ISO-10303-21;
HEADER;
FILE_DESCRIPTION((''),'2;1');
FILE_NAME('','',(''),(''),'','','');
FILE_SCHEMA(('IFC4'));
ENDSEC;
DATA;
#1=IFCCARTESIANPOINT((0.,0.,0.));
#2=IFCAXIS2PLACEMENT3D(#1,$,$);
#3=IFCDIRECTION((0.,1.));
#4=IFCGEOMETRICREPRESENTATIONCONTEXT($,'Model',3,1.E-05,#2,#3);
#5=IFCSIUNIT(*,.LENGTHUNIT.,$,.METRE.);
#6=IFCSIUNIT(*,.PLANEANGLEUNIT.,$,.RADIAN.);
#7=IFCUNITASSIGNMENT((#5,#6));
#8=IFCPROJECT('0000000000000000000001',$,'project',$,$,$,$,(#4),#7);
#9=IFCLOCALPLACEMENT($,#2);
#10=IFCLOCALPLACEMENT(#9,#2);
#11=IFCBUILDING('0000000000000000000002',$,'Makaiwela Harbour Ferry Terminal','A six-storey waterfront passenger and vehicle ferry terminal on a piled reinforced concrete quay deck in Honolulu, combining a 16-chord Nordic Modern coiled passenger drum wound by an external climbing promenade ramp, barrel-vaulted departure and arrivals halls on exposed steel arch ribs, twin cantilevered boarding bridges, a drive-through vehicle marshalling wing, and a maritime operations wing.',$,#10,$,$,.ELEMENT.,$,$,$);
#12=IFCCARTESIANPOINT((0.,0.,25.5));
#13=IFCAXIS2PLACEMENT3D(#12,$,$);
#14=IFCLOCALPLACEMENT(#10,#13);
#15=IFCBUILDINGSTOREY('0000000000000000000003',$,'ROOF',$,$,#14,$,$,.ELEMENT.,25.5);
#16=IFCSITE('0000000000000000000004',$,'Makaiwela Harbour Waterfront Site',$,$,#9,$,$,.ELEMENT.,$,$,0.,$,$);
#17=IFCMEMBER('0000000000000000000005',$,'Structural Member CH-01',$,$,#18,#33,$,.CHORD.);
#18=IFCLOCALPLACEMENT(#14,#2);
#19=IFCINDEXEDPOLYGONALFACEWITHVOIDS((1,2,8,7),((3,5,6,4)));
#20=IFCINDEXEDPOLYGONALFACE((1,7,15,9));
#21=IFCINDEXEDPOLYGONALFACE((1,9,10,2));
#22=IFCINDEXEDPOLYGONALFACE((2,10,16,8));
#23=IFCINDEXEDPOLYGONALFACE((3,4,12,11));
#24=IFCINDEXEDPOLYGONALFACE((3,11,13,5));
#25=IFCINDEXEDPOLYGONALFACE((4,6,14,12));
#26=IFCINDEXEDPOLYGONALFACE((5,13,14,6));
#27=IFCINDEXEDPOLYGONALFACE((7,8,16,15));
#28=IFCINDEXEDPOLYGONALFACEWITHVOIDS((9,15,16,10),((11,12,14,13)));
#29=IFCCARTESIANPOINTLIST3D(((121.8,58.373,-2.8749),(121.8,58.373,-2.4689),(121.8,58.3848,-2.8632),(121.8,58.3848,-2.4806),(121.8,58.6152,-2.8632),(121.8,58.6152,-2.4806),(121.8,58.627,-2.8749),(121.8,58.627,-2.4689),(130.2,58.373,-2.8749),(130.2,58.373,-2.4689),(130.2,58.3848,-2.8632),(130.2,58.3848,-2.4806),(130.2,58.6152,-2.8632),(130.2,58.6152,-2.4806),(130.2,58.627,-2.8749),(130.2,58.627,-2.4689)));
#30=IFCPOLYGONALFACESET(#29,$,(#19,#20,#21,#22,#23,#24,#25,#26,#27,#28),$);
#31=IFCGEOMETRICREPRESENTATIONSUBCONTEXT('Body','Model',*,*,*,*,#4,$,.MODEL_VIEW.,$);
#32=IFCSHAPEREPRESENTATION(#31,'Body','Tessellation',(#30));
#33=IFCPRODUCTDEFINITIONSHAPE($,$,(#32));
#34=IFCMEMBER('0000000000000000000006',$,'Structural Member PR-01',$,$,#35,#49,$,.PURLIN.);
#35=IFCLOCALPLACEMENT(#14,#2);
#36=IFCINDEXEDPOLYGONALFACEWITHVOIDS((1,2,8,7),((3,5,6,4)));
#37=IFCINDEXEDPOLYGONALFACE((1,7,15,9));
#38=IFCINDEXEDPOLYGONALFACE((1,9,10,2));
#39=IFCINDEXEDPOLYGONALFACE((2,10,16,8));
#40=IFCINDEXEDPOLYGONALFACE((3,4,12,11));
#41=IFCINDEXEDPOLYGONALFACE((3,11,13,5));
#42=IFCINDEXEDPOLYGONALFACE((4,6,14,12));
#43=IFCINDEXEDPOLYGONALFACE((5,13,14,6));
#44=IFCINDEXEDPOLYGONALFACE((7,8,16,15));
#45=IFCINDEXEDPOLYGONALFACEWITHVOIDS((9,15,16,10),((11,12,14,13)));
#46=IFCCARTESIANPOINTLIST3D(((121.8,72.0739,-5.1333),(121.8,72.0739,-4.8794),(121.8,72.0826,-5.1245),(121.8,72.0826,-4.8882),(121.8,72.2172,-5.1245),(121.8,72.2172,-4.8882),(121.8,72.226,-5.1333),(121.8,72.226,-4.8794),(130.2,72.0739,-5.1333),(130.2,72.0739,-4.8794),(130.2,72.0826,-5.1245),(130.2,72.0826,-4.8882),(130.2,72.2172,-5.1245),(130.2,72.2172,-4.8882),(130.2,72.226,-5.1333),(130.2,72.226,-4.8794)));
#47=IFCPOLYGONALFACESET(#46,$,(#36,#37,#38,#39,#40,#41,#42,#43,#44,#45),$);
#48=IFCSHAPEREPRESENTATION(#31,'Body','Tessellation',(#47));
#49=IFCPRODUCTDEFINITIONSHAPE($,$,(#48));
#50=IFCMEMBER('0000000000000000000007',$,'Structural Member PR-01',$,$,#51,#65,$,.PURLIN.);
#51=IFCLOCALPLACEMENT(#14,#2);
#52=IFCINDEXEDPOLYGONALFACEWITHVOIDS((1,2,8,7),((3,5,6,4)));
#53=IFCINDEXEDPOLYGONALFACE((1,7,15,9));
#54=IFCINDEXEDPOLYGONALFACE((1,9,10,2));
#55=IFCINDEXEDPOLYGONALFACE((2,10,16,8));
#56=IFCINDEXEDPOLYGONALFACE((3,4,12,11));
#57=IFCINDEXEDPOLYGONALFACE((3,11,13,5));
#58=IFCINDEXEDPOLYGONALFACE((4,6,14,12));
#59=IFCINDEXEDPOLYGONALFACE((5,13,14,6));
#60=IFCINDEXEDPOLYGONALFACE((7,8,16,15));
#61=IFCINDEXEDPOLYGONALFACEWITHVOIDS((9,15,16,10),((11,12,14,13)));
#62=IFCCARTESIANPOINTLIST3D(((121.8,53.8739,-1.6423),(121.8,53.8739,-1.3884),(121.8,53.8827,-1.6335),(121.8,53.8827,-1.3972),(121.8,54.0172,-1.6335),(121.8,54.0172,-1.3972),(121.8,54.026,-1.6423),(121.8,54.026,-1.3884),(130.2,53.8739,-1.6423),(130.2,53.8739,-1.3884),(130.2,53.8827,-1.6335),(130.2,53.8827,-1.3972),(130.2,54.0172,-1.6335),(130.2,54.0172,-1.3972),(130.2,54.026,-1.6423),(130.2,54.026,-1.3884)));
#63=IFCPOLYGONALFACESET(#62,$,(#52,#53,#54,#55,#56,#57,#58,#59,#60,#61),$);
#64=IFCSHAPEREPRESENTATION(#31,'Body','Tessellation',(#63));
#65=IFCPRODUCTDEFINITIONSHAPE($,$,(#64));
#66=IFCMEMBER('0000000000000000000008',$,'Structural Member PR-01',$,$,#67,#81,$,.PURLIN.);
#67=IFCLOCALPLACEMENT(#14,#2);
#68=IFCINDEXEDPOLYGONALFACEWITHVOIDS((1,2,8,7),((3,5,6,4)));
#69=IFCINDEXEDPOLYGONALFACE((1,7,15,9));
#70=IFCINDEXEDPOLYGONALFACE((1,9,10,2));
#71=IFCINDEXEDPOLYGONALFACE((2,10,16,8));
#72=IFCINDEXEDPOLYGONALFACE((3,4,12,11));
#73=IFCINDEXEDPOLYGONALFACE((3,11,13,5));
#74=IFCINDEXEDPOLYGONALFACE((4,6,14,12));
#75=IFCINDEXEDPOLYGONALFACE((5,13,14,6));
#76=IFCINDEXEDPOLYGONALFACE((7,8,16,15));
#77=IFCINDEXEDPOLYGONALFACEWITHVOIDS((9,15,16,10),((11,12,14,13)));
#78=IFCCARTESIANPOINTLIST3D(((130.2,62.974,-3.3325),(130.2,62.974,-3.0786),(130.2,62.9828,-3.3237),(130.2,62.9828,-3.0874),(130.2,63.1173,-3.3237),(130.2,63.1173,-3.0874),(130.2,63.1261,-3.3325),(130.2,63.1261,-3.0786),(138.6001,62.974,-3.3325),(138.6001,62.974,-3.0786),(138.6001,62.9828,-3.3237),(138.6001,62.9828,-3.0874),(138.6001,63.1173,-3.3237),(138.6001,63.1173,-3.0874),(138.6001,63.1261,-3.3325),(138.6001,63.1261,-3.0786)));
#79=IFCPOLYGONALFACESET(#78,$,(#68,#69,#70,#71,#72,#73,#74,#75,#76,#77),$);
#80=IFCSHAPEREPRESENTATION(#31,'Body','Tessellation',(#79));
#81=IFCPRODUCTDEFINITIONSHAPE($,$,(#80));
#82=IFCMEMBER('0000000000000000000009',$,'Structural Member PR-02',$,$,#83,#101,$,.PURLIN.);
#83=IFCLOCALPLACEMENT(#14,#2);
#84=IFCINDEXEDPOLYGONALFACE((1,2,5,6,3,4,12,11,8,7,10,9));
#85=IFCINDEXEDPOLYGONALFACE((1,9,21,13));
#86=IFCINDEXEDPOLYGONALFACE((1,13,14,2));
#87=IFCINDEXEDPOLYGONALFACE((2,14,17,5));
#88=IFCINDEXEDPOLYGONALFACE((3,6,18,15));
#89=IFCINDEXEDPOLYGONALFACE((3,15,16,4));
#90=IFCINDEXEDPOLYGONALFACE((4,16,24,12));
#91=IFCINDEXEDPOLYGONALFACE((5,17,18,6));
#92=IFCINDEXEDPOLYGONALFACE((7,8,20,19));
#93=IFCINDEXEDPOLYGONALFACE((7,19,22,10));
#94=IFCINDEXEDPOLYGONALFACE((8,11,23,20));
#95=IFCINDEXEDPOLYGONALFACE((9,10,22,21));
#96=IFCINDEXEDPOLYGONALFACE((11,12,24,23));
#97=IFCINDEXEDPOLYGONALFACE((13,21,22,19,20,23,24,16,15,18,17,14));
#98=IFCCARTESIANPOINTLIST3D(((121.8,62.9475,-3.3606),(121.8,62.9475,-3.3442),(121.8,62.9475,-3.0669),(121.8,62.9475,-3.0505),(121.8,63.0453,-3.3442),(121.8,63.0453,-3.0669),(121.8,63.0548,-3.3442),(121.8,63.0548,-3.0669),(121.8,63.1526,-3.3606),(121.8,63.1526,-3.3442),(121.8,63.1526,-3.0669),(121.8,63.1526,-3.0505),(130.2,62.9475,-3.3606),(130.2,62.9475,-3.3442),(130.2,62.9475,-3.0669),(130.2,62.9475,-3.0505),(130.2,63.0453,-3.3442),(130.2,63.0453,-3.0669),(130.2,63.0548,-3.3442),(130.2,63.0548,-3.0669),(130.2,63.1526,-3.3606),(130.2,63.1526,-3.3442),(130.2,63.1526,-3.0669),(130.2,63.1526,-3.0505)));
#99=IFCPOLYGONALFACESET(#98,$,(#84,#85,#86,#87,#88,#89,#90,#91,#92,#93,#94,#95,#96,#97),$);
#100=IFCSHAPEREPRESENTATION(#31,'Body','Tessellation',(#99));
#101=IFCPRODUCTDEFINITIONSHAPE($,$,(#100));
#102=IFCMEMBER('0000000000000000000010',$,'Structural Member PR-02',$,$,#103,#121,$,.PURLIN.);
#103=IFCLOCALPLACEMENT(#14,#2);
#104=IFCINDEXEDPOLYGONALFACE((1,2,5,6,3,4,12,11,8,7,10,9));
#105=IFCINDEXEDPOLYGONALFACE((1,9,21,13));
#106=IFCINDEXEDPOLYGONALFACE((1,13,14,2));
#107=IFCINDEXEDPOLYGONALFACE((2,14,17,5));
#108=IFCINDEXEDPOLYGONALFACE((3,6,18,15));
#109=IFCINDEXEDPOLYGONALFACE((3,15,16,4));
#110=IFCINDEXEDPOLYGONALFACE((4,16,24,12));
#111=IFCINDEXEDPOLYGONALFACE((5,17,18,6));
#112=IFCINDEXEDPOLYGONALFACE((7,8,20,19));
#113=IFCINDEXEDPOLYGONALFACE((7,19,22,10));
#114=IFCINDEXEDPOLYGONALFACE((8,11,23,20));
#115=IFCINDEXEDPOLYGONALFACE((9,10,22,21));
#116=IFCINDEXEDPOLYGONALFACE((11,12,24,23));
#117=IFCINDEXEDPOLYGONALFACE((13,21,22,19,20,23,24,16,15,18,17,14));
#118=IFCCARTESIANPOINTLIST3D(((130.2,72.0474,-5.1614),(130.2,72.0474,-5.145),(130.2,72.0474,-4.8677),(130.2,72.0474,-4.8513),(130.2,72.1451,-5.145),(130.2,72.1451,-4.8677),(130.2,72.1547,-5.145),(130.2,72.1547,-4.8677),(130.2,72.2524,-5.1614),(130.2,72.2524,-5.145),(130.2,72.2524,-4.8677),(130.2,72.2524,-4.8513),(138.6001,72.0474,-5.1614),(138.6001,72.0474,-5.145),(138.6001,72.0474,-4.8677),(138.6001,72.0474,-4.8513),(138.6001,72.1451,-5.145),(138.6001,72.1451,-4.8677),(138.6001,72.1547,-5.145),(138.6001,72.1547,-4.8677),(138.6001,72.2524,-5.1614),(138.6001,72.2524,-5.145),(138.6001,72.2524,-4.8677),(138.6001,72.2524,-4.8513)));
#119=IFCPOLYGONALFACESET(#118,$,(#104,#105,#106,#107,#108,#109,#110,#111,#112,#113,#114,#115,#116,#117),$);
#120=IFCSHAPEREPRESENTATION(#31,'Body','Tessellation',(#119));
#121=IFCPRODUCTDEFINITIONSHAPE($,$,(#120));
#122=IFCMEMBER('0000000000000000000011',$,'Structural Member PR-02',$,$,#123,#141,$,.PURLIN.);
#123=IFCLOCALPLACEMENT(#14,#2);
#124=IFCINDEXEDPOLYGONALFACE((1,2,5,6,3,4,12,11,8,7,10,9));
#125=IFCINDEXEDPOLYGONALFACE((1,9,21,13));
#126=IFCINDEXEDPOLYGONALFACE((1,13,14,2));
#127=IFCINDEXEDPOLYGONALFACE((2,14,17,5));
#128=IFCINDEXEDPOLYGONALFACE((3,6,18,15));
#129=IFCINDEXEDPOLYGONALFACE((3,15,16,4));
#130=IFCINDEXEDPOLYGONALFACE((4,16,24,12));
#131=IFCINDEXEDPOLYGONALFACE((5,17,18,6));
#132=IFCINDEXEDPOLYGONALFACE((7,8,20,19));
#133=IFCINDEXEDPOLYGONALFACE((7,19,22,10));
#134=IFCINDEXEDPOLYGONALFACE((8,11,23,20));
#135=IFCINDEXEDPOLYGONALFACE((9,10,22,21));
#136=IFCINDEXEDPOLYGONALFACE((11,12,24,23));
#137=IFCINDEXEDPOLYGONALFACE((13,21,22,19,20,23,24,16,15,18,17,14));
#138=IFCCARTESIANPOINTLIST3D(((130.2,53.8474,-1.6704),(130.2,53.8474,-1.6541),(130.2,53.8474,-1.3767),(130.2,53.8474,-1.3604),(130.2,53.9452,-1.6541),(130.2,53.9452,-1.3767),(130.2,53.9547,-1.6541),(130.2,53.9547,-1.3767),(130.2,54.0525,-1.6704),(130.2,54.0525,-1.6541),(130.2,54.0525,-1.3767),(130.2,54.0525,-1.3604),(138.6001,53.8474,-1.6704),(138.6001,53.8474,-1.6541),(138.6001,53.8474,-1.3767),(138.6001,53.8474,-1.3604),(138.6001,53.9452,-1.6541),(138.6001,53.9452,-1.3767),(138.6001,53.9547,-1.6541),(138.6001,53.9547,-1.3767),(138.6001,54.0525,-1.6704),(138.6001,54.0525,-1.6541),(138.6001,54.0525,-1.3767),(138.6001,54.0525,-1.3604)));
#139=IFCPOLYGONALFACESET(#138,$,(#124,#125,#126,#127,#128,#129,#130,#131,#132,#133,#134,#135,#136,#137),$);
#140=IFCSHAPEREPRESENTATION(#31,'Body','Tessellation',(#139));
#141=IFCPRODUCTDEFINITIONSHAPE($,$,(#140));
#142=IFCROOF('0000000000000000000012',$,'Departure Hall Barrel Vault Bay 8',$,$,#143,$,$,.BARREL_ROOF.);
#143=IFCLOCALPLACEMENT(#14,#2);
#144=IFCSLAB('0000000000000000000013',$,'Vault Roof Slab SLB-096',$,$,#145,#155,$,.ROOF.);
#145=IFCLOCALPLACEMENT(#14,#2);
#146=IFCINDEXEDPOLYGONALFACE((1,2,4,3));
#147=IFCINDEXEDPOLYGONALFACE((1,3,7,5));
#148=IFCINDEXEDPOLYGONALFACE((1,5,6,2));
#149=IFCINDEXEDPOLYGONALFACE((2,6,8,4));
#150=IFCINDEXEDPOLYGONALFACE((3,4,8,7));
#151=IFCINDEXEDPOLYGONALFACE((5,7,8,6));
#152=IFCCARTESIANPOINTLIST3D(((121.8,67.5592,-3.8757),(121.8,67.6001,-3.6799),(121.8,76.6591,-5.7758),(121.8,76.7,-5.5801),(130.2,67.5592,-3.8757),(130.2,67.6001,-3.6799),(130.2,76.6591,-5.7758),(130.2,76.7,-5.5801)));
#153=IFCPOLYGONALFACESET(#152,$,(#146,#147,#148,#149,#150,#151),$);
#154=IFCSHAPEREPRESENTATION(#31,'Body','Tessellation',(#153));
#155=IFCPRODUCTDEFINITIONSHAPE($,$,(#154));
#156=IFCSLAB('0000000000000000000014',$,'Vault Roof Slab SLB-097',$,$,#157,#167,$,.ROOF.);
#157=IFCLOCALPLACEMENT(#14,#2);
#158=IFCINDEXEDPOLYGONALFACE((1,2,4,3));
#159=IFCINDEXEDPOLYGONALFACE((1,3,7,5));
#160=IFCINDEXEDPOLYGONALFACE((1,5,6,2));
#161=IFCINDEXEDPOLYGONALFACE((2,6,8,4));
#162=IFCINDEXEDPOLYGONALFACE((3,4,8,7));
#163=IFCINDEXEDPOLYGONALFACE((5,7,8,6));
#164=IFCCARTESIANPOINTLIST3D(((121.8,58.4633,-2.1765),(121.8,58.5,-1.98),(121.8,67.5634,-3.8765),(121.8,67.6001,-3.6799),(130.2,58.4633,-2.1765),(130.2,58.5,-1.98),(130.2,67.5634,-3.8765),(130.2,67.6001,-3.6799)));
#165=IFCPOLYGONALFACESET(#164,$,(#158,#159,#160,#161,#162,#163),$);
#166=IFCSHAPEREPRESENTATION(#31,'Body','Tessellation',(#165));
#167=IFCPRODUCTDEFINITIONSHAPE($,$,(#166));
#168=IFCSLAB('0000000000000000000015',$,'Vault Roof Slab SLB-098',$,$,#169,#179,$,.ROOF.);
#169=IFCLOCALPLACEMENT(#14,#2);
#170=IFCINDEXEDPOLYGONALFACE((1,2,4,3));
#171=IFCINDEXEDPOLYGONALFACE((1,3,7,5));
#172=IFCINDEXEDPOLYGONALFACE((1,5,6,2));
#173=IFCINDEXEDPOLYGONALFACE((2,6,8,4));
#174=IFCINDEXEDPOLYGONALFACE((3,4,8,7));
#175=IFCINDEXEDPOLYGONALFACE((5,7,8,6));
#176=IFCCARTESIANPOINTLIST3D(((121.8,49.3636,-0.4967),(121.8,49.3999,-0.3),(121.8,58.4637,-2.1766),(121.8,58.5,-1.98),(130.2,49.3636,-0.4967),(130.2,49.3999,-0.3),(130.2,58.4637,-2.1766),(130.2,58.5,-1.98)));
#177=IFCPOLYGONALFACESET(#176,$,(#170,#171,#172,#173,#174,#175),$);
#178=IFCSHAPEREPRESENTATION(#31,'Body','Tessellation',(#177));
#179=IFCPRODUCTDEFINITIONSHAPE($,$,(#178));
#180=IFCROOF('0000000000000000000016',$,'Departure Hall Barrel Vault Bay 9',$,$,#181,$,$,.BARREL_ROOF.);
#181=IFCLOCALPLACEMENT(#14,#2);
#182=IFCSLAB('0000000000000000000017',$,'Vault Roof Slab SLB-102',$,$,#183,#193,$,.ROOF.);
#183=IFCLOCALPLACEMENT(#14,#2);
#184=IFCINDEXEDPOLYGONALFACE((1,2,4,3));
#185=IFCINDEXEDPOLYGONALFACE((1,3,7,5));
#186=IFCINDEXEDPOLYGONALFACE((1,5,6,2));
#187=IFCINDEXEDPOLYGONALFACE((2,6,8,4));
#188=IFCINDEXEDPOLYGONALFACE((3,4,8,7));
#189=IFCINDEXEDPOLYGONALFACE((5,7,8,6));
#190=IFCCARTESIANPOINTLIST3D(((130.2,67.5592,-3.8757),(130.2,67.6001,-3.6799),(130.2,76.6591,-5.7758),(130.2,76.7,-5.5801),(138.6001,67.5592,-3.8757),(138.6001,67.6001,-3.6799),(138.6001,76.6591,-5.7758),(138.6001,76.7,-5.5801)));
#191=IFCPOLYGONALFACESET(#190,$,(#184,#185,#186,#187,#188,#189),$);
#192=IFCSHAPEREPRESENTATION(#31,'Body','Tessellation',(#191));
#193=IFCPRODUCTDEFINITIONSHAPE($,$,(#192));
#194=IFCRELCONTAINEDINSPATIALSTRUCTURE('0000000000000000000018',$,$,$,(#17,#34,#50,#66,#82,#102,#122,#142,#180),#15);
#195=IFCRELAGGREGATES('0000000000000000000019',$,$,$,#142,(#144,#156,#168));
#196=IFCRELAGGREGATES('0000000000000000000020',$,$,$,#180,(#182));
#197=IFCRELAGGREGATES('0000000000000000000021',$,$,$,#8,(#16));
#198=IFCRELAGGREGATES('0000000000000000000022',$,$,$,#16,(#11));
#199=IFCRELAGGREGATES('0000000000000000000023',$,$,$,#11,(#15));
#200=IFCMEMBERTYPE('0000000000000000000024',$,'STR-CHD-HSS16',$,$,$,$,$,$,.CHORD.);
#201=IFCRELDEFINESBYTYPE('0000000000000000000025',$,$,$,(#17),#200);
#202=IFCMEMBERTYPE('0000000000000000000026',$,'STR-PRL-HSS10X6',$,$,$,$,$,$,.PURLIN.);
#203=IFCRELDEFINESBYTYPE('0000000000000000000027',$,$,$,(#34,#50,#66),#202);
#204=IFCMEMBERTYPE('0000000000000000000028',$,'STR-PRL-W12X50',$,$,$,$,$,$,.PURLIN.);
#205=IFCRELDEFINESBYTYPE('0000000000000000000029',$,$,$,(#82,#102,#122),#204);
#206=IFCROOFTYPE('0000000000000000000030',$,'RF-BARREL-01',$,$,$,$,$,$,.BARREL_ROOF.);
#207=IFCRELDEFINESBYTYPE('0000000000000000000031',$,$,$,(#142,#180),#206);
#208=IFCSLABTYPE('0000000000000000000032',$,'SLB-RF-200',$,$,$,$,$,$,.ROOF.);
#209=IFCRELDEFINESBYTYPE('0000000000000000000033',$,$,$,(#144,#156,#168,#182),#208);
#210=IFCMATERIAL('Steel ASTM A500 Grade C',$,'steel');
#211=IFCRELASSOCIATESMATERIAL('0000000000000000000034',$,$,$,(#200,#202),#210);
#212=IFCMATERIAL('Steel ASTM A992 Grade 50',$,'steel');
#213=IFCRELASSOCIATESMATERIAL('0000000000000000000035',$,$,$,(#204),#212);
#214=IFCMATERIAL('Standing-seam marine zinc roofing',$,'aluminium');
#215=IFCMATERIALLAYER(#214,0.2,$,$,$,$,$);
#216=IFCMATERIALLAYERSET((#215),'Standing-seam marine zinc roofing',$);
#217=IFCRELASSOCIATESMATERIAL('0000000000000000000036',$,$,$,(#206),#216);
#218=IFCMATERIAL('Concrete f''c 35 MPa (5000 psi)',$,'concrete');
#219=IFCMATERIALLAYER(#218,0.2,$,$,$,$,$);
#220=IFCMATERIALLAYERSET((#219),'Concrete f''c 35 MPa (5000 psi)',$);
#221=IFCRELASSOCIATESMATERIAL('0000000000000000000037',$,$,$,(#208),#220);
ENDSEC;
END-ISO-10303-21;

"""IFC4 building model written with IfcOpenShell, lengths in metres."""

from ifc_helpers import new_model, si_unit, direction, frame, origin, origin_2d, place, context, subcontext, project, spatial, polyline, hollow_rectangle, i_section, outline, extrude, material, layer, layer_set, material_profile, profile_set, type_object, element, aggregate, save


model = new_model("IFC4")

# Units and contexts
model_context = context("Model", 3, precision=1e-05, world=origin(), true_north=direction((0.0, 1.0)))
body_context = subcontext(model_context, "Body", "Model", "MODEL_VIEW")
ifc_project = project(units=[si_unit("LENGTHUNIT", "METRE"), si_unit("PLANEANGLEUNIT", "RADIAN")], contexts=[model_context])

# Site, building, storey
site_placement = place(None, origin())
site = spatial("IfcSite", under=ifc_project, at=site_placement, Name="Makaiwela Harbour Waterfront Site", CompositionType="ELEMENT", RefElevation=0.0)
building_placement = place(site_placement, origin())
building = spatial("IfcBuilding", under=site, at=building_placement, Name="Makaiwela Harbour Ferry Terminal", Description="A six-storey waterfront passenger and vehicle ferry terminal on a piled reinforced concrete quay deck in Honolulu, combining a 16-chord Nordic Modern coiled passenger drum wound by an external climbing promenade ramp, barrel-vaulted departure and arrivals halls on exposed steel arch ribs, twin cantilevered boarding bridges, a drive-through vehicle marshalling wing, and a maritime operations wing.", CompositionType="ELEMENT")
storey_placement = place(building_placement, frame((0.0, 0.0, 25.5)))
storey = spatial("IfcBuildingStorey", under=building, at=storey_placement, Name="ROOF", CompositionType="ELEMENT", Elevation=25.5)

# Shared definitions
ifc_material_1 = material(Name="Steel ASTM A992 Grade 50", Category="steel")

# Members
ifc_material_2 = material(Name="Steel ASTM A500 Grade C", Category="steel")
ifc_material_profile_1 = material_profile(ifc_material_2, hollow_rectangle(XDim=0.2539, YDim=0.406, WallThickness=0.0117, at=origin_2d()), Name="HSS16X10X1/2")
ifc_profile_set_1 = profile_set([ifc_material_profile_1], Name="Steel ASTM A500 Grade C")
member_type_1 = type_object("IfcMemberType", Name="STR-CHD-HSS16", PredefinedType="CHORD", material=ifc_profile_set_1)
member_1_placement = place(storey_placement, frame((121.8, 58.5, -2.6719), z_axis=(1.0, 0.0, 0.0), x_axis=(0.0, 1.0, 0.0)))
element("IfcMember", 1, at=member_1_placement, inside=storey, type_object=member_type_1, Name="Structural Member CH-01", PredefinedType="CHORD", context=body_context, shape_type="SweptSolid", body=[
    extrude(hollow_rectangle(XDim=0.2539, YDim=0.406, WallThickness=0.0117, at=origin_2d()), origin(), (0.0, 0.0, 1.0), 8.3999),
])
ifc_material_profile_2 = material_profile(ifc_material_2, hollow_rectangle(XDim=0.1521, YDim=0.2539, WallThickness=0.0088, at=origin_2d()), Name="HSS10X6X3/8")
ifc_profile_set_2 = profile_set([ifc_material_profile_2], Name="Steel ASTM A500 Grade C")
member_type_2 = type_object("IfcMemberType", Name="STR-PRL-HSS10X6", PredefinedType="PURLIN", material=ifc_profile_set_2)
for number, where, z_axis, x_axis, name in (
    (2, (121.8, 72.1499, -5.0063), (1.0, 0.0, 0.0), (0.0, 1.0, 0.0), "Structural Member PR-01"),
    (3, (121.8, 53.95, -1.5154), (1.0, 0.0, 0.0), (0.0, 1.0, 0.0), "Structural Member PR-01"),
):
    element("IfcMember", number, at=place(storey_placement, frame(where, z_axis=z_axis, x_axis=x_axis)), inside=storey, type_object=member_type_2, Name=name, PredefinedType="PURLIN", context=body_context, shape_type="SweptSolid", body=[
        extrude(hollow_rectangle(XDim=0.1521, YDim=0.2539, WallThickness=0.0088, at=origin_2d()), origin(), (0.0, 0.0, 1.0), 8.3999),
    ])
member_2_placement = place(storey_placement, frame((130.2, 63.05, -3.2056), z_axis=(1.0, 0.0, 0.0), x_axis=(0.0, 1.0, 0.0)))
element("IfcMember", 4, at=member_2_placement, inside=storey, type_object=member_type_2, Name="Structural Member PR-01", PredefinedType="PURLIN", context=body_context, shape_type="SweptSolid", body=[
    extrude(hollow_rectangle(XDim=0.1521, YDim=0.2539, WallThickness=0.0088, at=origin_2d()), origin(), (0.0, 0.0, 1.0), 8.4001),
])
ifc_material_profile_3 = material_profile(ifc_material_1, i_section(OverallWidth=0.2051, OverallDepth=0.3101, WebThickness=0.0095, FlangeThickness=0.0164, at=origin_2d()), Name="W12X50")
ifc_profile_set_3 = profile_set([ifc_material_profile_3], Name="Steel ASTM A992 Grade 50")
member_type_3 = type_object("IfcMemberType", Name="STR-PRL-W12X50", PredefinedType="PURLIN", material=ifc_profile_set_3)
member_3_placement = place(storey_placement, frame((121.8, 63.05, -3.2056), z_axis=(1.0, 0.0, 0.0), x_axis=(0.0, 1.0, 0.0)))
element("IfcMember", 5, at=member_3_placement, inside=storey, type_object=member_type_3, Name="Structural Member PR-02", PredefinedType="PURLIN", context=body_context, shape_type="SweptSolid", body=[
    extrude(i_section(OverallWidth=0.2051, OverallDepth=0.3101, WebThickness=0.0095, FlangeThickness=0.0164, at=origin_2d()), origin(), (0.0, 0.0, 1.0), 8.3999),
])
for number, where, z_axis, x_axis, name in (
    (6, (130.2, 72.1499, -5.0063), (1.0, 0.0, 0.0), (0.0, 1.0, 0.0), "Structural Member PR-02"),
    (7, (130.2, 53.95, -1.5154), (1.0, 0.0, 0.0), (0.0, 1.0, 0.0), "Structural Member PR-02"),
):
    element("IfcMember", number, at=place(storey_placement, frame(where, z_axis=z_axis, x_axis=x_axis)), inside=storey, type_object=member_type_3, Name=name, PredefinedType="PURLIN", context=body_context, shape_type="SweptSolid", body=[
        extrude(i_section(OverallWidth=0.2051, OverallDepth=0.3101, WebThickness=0.0095, FlangeThickness=0.0164, at=origin_2d()), origin(), (0.0, 0.0, 1.0), 8.4001),
    ])

# Roofs, slabs
ifc_material_3 = material(Name="Standing-seam marine zinc roofing", Category="aluminium")
ifc_layer_1 = layer(ifc_material_3, 0.2)
ifc_layer_set_1 = layer_set([ifc_layer_1], Name="Standing-seam marine zinc roofing")
roof_type = type_object("IfcRoofType", Name="RF-BARREL-01", PredefinedType="BARREL_ROOF", material=ifc_layer_set_1)
roof_1_placement = place(storey_placement, origin())
roof_1 = element("IfcRoof", 8, at=roof_1_placement, inside=storey, type_object=roof_type, Name="Departure Hall Barrel Vault Bay 8", PredefinedType="BARREL_ROOF")
ifc_material_4 = material(Name="Concrete f'c 35 MPa (5000 psi)", Category="concrete")
ifc_layer_2 = layer(ifc_material_4, 0.2)
ifc_layer_set_2 = layer_set([ifc_layer_2], Name="Concrete f'c 35 MPa (5000 psi)")
slab_type = type_object("IfcSlabType", Name="SLB-RF-200", PredefinedType="ROOF", material=ifc_layer_set_2)
slab_1_placement = place(storey_placement, frame((121.8, 67.6001, -3.6799), z_axis=(0.0, 0.204402, 0.978887), x_axis=(1.0, 0.0, 0.0)))
slab_1 = element("IfcSlab", 9, at=slab_1_placement, type_object=slab_type, Name="Vault Roof Slab SLB-096", PredefinedType="ROOF", context=body_context, shape_type="SweptSolid", body=[
    extrude(outline(polyline([(0.0, 0.0), (8.3999, 0.0), (8.3999, 9.2961), (0.0, 9.2961), (0.0, 0.0)])), origin(), (0.0, 0.0, -1.0), 0.2),
])
slab_2_placement = place(storey_placement, frame((121.8, 58.5, -1.98), z_axis=(0.0, 0.183629, 0.982996), x_axis=(1.0, 0.0, 0.0)))
slab_2 = element("IfcSlab", 10, at=slab_2_placement, type_object=slab_type, Name="Vault Roof Slab SLB-097", PredefinedType="ROOF", context=body_context, shape_type="SweptSolid", body=[
    extrude(outline(polyline([(0.0, 0.0), (8.3999, 0.0), (8.3999, 9.2575), (0.0, 9.2575), (0.0, 0.0)])), origin(), (0.0, 0.0, -1.0), 0.2),
])
slab_3_placement = place(storey_placement, frame((121.8, 49.3999, -0.3), z_axis=(0.0, 0.181538, 0.983384), x_axis=(1.0, 0.0, 0.0)))
slab_3 = element("IfcSlab", 11, at=slab_3_placement, type_object=slab_type, Name="Vault Roof Slab SLB-098", PredefinedType="ROOF", context=body_context, shape_type="SweptSolid", body=[
    extrude(outline(polyline([(0.0, 0.0), (8.3999, 0.0), (8.3999, 9.2539), (0.0, 9.2539), (0.0, 0.0)])), origin(), (0.0, 0.0, -1.0), 0.2),
])
roof_2_placement = place(storey_placement, origin())
roof_2 = element("IfcRoof", 12, at=roof_2_placement, inside=storey, type_object=roof_type, Name="Departure Hall Barrel Vault Bay 9", PredefinedType="BARREL_ROOF")
slab_4_placement = place(storey_placement, frame((130.2, 67.6001, -3.6799), z_axis=(0.0, 0.204402, 0.978887), x_axis=(1.0, 0.0, 0.0)))
slab_4 = element("IfcSlab", 13, at=slab_4_placement, type_object=slab_type, Name="Vault Roof Slab SLB-102", PredefinedType="ROOF", context=body_context, shape_type="SweptSolid", body=[
    extrude(outline(polyline([(0.0, 0.0), (8.4001, 0.0), (8.4001, 9.2961), (0.0, 9.2961), (0.0, 0.0)])), origin(), (0.0, 0.0, -1.0), 0.2),
])

aggregate(roof_1, [slab_1, slab_2, slab_3])
aggregate(roof_2, [slab_4])

save(model, "model.ifc")
